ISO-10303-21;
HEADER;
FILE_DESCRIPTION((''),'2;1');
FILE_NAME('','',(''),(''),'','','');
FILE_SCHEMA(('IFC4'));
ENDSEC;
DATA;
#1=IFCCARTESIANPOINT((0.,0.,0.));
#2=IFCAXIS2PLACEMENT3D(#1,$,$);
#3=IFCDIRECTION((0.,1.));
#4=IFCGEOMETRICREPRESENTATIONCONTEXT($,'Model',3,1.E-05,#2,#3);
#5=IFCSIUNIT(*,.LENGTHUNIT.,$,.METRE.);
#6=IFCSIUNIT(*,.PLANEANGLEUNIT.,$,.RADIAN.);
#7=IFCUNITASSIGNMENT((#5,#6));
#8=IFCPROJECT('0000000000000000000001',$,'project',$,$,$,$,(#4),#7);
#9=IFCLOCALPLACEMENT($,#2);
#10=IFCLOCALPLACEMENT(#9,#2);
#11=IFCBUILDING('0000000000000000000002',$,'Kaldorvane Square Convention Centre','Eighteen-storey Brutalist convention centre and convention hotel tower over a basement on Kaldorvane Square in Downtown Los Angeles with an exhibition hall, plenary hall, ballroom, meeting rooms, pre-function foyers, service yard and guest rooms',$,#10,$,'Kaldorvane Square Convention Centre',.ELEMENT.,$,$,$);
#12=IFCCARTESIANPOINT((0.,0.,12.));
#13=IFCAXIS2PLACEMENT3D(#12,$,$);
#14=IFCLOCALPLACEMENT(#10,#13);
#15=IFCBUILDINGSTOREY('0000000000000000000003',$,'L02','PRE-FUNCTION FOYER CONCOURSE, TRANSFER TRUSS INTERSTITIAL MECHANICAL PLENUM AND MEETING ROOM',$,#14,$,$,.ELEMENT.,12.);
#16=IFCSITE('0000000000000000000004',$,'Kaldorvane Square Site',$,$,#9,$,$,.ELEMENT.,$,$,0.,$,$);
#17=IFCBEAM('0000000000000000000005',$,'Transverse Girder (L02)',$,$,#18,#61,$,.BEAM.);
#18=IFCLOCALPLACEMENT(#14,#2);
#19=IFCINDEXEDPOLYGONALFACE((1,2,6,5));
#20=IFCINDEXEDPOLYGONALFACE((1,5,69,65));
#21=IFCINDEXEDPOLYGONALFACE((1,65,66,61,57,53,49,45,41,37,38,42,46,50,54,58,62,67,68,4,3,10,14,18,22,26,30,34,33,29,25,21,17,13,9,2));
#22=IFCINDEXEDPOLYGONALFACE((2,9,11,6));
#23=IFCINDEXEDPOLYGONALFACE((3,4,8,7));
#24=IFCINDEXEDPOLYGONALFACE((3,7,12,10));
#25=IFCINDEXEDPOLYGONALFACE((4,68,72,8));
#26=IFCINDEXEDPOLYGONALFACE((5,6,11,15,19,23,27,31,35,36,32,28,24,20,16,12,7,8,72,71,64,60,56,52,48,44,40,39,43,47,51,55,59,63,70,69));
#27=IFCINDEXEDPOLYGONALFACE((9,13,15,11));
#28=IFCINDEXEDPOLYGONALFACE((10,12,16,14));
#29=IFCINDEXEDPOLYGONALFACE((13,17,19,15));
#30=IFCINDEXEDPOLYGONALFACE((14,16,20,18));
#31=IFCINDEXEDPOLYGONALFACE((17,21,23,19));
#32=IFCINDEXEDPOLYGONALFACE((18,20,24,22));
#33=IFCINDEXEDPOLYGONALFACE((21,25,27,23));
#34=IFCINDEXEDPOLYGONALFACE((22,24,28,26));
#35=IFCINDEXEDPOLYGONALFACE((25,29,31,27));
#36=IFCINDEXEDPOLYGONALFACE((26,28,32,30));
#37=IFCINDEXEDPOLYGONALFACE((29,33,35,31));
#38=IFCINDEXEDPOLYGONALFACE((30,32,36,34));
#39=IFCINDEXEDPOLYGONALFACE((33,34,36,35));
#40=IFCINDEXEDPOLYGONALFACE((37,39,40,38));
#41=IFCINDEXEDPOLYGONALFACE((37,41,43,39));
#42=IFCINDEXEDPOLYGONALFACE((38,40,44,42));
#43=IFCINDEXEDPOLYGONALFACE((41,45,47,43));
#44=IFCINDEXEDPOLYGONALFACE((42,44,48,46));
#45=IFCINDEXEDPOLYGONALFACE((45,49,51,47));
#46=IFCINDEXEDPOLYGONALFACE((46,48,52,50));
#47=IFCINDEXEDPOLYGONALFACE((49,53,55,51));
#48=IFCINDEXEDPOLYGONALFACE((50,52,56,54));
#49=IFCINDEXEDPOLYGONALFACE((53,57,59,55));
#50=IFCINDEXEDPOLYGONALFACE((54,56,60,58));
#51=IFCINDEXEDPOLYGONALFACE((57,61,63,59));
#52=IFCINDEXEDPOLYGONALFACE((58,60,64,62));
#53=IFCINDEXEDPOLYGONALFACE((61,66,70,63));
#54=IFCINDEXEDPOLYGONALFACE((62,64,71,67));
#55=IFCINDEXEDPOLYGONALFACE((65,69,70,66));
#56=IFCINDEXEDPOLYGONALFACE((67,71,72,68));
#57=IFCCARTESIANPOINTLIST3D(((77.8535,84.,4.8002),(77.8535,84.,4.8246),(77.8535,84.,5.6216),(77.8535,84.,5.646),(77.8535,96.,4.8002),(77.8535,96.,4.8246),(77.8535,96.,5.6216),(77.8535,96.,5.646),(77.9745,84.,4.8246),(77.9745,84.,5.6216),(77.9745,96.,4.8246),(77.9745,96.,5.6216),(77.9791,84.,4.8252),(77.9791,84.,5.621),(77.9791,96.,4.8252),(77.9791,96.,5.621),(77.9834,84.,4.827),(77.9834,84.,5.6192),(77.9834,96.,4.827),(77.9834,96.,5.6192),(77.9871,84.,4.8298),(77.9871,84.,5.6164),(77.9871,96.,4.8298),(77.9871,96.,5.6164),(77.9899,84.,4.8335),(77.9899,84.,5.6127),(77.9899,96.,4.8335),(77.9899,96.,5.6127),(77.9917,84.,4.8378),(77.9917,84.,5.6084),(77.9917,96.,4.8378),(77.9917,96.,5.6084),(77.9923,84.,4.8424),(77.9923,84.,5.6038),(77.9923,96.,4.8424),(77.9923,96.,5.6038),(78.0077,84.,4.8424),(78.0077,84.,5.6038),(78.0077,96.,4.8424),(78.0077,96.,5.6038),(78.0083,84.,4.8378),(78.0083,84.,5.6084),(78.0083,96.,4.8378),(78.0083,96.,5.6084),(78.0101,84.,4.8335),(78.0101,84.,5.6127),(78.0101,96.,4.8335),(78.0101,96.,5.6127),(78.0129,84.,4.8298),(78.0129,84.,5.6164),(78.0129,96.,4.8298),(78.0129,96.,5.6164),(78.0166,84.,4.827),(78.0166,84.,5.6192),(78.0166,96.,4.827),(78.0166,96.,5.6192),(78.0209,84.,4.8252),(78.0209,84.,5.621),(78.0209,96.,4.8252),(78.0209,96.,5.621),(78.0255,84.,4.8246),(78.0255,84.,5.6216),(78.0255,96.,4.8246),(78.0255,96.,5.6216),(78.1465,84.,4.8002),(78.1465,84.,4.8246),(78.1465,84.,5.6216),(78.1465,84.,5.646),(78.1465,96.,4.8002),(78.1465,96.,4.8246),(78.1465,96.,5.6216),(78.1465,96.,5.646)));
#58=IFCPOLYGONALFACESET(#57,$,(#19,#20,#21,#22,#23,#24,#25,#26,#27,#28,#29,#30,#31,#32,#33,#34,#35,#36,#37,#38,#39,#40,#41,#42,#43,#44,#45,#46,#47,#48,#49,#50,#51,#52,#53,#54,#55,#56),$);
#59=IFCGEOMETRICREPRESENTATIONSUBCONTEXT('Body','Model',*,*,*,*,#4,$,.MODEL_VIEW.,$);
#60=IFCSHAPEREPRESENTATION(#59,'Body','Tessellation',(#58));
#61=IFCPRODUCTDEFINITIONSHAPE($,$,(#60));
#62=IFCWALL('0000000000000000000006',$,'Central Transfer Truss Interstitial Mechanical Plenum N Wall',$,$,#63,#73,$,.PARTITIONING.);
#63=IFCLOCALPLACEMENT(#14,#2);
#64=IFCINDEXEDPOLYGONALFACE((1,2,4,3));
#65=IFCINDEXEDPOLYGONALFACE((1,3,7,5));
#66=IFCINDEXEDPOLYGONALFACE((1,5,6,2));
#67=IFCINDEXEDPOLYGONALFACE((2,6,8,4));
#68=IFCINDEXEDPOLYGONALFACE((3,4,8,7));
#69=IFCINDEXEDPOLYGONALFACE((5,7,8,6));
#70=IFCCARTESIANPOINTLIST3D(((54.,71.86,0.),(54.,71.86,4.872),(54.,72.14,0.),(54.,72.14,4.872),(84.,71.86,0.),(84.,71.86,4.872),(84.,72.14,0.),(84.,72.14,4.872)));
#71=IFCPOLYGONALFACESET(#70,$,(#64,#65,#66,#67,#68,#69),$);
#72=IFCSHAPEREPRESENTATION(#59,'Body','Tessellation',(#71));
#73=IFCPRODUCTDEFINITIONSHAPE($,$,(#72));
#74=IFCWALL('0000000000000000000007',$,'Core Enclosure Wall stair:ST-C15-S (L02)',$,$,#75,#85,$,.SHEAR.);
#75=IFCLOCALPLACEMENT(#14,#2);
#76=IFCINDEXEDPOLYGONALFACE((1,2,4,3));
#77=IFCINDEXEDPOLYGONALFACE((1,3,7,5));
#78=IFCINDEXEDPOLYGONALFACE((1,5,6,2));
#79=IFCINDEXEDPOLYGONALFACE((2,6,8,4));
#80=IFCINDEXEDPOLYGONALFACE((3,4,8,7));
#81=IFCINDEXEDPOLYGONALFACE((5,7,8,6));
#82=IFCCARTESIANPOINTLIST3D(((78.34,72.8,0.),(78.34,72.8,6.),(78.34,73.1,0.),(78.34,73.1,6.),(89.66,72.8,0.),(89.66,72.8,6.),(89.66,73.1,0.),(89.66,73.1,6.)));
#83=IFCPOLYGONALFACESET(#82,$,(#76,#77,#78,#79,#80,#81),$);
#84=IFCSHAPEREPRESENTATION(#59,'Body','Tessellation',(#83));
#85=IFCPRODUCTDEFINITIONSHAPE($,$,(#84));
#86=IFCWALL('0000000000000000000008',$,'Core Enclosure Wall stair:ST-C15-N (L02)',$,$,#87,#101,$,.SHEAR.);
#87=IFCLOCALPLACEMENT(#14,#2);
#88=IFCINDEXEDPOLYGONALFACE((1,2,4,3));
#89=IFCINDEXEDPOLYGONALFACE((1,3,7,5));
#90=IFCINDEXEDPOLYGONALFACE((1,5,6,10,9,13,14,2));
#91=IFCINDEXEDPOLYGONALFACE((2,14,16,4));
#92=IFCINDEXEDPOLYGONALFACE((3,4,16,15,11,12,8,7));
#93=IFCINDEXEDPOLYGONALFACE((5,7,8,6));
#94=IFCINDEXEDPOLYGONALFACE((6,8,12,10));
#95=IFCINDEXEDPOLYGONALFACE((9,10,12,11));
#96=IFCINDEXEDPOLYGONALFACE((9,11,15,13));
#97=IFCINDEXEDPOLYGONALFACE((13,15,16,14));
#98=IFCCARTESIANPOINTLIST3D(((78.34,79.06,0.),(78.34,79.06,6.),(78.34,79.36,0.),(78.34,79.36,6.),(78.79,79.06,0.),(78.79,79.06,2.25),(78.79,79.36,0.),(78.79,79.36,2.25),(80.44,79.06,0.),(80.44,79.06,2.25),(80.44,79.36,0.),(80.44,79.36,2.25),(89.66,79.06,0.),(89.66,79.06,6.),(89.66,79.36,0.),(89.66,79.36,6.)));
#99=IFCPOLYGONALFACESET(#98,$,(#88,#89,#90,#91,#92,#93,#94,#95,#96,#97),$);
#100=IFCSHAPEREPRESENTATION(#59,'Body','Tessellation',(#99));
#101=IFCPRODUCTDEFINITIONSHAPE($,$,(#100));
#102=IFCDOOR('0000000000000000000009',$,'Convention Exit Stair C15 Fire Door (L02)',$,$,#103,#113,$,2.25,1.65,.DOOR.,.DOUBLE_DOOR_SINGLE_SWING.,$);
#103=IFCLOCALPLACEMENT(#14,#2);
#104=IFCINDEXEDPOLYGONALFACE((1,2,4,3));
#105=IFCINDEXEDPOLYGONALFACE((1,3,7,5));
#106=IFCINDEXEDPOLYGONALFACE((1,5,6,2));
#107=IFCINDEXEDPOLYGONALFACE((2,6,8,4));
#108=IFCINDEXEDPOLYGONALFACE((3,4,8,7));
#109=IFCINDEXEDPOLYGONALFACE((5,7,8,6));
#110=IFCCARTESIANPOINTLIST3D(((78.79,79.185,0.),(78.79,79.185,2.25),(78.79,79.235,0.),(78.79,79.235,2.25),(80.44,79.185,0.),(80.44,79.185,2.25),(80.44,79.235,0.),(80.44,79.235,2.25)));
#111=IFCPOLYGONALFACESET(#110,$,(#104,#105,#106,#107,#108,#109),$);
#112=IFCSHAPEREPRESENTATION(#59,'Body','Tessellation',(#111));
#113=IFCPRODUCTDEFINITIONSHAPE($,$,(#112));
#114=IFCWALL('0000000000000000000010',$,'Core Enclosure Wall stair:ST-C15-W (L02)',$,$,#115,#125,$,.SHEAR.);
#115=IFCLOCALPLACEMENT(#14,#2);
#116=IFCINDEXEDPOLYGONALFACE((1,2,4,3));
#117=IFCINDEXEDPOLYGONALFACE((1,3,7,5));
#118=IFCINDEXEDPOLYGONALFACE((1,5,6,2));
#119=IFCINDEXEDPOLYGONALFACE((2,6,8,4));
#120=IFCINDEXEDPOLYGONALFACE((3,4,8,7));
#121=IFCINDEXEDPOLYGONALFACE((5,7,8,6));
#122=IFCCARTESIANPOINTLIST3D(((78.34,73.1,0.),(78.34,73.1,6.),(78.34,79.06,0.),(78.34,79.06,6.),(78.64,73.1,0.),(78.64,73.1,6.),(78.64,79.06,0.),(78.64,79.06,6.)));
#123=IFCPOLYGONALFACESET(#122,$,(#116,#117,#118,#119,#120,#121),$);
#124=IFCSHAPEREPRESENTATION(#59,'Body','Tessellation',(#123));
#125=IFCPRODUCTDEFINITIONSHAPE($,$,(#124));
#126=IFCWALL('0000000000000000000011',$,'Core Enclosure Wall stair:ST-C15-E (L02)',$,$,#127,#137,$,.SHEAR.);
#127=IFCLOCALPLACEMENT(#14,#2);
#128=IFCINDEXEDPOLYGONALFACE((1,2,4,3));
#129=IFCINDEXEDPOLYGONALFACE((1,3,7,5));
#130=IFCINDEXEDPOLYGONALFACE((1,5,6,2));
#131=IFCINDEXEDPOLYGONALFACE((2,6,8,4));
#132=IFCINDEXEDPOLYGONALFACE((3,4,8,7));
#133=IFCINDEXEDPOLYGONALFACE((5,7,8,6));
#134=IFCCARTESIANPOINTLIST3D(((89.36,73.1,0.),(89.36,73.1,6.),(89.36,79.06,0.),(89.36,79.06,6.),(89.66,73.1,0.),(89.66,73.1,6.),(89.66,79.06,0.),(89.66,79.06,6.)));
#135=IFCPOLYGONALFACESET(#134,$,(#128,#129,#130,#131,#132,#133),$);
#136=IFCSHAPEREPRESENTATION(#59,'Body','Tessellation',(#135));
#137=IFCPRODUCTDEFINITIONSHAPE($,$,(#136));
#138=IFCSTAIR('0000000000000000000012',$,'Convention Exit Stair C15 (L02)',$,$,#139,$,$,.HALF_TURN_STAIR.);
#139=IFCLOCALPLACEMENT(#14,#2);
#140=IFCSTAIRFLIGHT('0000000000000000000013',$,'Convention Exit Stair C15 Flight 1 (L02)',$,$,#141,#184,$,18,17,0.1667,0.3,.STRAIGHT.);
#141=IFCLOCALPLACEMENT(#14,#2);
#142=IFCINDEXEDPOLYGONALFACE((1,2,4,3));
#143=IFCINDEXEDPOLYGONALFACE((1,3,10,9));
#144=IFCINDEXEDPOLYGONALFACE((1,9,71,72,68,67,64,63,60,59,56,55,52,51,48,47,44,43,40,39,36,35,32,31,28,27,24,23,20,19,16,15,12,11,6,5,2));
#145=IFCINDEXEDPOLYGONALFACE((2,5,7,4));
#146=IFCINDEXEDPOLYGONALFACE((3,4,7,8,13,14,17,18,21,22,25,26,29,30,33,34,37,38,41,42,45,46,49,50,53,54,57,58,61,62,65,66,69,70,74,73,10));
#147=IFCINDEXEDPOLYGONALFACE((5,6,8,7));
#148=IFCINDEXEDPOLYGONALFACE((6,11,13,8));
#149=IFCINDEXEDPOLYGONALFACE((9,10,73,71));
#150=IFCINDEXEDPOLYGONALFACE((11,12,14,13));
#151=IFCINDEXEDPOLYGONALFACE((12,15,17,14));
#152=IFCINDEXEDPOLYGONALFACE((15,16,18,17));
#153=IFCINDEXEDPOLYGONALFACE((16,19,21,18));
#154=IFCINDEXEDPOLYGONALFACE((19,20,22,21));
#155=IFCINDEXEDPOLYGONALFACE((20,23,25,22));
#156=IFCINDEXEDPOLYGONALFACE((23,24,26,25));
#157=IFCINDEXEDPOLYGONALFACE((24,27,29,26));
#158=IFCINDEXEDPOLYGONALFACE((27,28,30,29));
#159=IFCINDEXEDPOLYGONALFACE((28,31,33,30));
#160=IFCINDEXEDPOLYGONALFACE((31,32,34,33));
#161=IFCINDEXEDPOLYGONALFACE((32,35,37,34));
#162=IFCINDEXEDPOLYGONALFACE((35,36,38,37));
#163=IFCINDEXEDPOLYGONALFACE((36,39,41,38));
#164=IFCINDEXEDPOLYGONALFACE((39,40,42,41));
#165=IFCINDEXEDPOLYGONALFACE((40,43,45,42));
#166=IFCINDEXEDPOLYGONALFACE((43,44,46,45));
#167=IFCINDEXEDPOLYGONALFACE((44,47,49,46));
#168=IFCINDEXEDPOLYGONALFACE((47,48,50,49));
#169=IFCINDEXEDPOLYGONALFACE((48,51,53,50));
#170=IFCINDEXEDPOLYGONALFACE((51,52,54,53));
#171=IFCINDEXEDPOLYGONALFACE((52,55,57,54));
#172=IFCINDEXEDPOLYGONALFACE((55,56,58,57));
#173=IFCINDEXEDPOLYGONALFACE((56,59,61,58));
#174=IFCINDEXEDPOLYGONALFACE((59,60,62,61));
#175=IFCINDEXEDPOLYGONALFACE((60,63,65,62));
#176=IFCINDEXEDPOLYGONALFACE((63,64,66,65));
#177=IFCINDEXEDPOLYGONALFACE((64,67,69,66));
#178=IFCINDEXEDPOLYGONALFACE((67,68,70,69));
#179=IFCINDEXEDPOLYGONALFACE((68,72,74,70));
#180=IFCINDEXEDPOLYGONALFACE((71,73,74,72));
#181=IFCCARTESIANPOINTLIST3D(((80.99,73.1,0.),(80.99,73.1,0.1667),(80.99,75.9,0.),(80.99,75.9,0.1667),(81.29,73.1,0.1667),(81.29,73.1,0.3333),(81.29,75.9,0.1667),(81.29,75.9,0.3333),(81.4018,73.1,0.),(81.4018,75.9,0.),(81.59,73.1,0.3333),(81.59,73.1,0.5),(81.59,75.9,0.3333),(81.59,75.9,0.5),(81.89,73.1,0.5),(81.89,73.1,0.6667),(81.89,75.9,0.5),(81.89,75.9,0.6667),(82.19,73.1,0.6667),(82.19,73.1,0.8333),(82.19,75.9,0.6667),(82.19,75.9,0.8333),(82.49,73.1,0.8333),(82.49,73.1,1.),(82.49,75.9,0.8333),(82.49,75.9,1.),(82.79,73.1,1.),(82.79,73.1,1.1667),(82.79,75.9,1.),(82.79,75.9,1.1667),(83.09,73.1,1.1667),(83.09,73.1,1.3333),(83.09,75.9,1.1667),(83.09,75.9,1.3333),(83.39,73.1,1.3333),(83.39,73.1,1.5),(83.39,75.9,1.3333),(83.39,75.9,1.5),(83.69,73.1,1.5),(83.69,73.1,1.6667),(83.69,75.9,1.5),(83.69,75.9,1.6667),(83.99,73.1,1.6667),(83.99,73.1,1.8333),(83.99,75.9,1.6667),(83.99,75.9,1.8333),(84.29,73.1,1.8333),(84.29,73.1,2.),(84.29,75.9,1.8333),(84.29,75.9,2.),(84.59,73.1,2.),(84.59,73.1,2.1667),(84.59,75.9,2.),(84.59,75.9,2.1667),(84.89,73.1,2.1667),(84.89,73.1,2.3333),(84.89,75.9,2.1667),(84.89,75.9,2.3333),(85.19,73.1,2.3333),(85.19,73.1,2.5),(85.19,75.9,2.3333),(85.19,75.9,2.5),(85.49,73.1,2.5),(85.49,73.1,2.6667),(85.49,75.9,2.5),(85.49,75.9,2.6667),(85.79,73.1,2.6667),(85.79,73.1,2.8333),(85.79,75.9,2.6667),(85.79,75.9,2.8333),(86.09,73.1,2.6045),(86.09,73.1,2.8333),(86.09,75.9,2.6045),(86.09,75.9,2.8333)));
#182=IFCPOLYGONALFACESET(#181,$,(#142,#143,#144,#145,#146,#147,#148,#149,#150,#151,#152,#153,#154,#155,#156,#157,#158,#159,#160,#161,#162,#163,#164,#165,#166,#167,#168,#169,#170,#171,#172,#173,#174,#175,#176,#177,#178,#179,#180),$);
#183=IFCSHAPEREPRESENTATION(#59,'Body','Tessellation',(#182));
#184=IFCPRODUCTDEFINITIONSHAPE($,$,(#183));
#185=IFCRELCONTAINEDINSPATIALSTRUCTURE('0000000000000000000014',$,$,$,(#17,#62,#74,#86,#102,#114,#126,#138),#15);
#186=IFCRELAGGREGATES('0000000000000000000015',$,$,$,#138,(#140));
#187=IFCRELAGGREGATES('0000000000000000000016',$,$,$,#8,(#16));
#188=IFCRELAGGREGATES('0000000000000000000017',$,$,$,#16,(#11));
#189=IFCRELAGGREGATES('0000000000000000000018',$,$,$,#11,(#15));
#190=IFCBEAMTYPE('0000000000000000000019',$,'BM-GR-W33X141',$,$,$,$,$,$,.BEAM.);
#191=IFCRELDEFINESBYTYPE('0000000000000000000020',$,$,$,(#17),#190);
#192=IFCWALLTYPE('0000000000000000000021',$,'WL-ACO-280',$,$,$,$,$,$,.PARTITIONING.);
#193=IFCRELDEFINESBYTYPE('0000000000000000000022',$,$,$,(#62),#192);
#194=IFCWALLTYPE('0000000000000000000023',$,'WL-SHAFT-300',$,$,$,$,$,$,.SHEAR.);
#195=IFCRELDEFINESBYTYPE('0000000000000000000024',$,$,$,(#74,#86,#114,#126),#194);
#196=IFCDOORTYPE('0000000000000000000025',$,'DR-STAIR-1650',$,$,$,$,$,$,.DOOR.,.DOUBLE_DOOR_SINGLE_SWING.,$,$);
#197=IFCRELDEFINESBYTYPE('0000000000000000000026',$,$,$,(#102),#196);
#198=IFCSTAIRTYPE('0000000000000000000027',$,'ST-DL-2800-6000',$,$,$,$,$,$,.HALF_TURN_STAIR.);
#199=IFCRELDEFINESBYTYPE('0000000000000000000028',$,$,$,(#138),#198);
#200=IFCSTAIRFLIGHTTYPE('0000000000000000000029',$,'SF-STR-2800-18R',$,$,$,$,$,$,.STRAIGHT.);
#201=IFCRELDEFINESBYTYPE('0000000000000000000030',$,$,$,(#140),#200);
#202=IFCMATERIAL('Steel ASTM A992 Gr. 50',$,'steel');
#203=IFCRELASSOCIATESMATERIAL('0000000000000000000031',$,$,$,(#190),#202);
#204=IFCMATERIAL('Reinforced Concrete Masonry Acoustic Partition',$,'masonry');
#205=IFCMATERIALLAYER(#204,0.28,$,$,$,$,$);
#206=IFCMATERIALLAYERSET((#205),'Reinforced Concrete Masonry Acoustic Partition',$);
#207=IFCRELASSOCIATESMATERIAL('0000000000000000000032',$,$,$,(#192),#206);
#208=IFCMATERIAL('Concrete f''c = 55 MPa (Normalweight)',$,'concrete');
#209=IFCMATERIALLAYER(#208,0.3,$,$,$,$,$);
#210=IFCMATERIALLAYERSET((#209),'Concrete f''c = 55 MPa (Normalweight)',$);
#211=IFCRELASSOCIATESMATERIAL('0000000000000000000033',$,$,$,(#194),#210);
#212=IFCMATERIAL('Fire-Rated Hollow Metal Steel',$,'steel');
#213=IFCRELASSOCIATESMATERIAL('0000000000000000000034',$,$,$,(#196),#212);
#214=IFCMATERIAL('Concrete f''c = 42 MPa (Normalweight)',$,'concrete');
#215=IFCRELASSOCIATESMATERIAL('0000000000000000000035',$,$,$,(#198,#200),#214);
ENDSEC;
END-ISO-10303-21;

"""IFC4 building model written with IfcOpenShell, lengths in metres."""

from ifc_helpers import new_model, si_unit, direction, frame, frame_2d, origin, origin_2d, place, context, subcontext, project, spatial, polyline, rectangle, i_section, outline, extrude, material, layer, layer_set, material_profile, profile_set, type_object, element, fill, aggregate, save


model = new_model("IFC4")

# Units and contexts
model_context = context("Model", 3, precision=1e-05, world=origin(), true_north=direction((0.0, 1.0)))
body_context = subcontext(model_context, "Body", "Model", "MODEL_VIEW")
ifc_project = project(units=[si_unit("LENGTHUNIT", "METRE"), si_unit("PLANEANGLEUNIT", "RADIAN")], contexts=[model_context])

# Site, building, storey
site_placement = place(None, origin())
site = spatial("IfcSite", under=ifc_project, at=site_placement, Name="Kaldorvane Square Site", CompositionType="ELEMENT", RefElevation=0.0)
building_placement = place(site_placement, origin())
building = spatial("IfcBuilding", under=site, at=building_placement, Name="Kaldorvane Square Convention Centre", Description="Eighteen-storey Brutalist convention centre and convention hotel tower over a basement on Kaldorvane Square in Downtown Los Angeles with an exhibition hall, plenary hall, ballroom, meeting rooms, pre-function foyers, service yard and guest rooms", LongName="Kaldorvane Square Convention Centre", CompositionType="ELEMENT")
storey_placement = place(building_placement, frame((0.0, 0.0, 12.0)))
storey = spatial("IfcBuildingStorey", under=building, at=storey_placement, Name="L02", Description="PRE-FUNCTION FOYER CONCOURSE, TRANSFER TRUSS INTERSTITIAL MECHANICAL PLENUM AND MEETING ROOM", CompositionType="ELEMENT", Elevation=12.0)

# Shared definitions
ifc_material_1 = material(Name="Concrete f'c = 55 MPa (Normalweight)", Category="concrete")
ifc_material_2 = material(Name="Steel ASTM A992 Gr. 50", Category="steel")

# Beam
ifc_material_profile_1 = material_profile(ifc_material_2, i_section(OverallWidth=0.293, OverallDepth=0.8458, WebThickness=0.0154, FlangeThickness=0.0244, FilletRadius=0.0178, at=origin_2d()), Name="W33X141")
ifc_profile_set_1 = profile_set([ifc_material_profile_1], Name="Steel ASTM A992 Gr. 50")
beam_type_1 = type_object("IfcBeamType", Name="BM-GR-W33X141", PredefinedType="BEAM", material=ifc_profile_set_1)
beam_1_placement = place(storey_placement, frame((78.0, 84.0, 5.2231), z_axis=(0.0, 1.0, 0.0), x_axis=(-1.0, 0.0, 0.0)))
element("IfcBeam", 1, at=beam_1_placement, inside=storey, type_object=beam_type_1, Name="Transverse Girder (L02)", PredefinedType="BEAM", context=body_context, shape_type="SweptSolid", body=[
    extrude(i_section(OverallWidth=0.293, OverallDepth=0.8458, WebThickness=0.0154, FlangeThickness=0.0244, FilletRadius=0.0178, at=origin_2d()), origin(), (0.0, 0.0, 1.0), 12.0),
])

# Walls
ifc_material_3 = material(Name="Reinforced Concrete Masonry Acoustic Partition", Category="masonry")
ifc_layer_1 = layer(ifc_material_3, 0.28)
ifc_layer_set_1 = layer_set([ifc_layer_1], Name="Reinforced Concrete Masonry Acoustic Partition")
wall_type_1 = type_object("IfcWallType", Name="WL-ACO-280", PredefinedType="PARTITIONING", material=ifc_layer_set_1)
wall_1_placement = place(storey_placement, frame((84.0, 72.0, 0.0), z_axis=(0.0, 0.0, 1.0), x_axis=(-1.0, 0.0, 0.0)))
element("IfcWall", 2, at=wall_1_placement, inside=storey, type_object=wall_type_1, Name="Central Transfer Truss Interstitial Mechanical Plenum N Wall", PredefinedType="PARTITIONING", context=body_context, shape_type="SweptSolid", body=[
    extrude(rectangle(XDim=30.0, YDim=0.28, at=frame_2d((15.0, 0.0))), origin(), (0.0, 0.0, 1.0), 4.872),
])
ifc_layer_2 = layer(ifc_material_1, 0.3)
ifc_layer_set_2 = layer_set([ifc_layer_2], Name="Concrete f'c = 55 MPa (Normalweight)")
wall_type_2 = type_object("IfcWallType", Name="WL-SHAFT-300", PredefinedType="SHEAR", material=ifc_layer_set_2)
wall_2_placement = place(storey_placement, frame((78.34, 72.95, 0.0), z_axis=(0.0, 0.0, 1.0), x_axis=(1.0, 0.0, 0.0)))
element("IfcWall", 3, at=wall_2_placement, inside=storey, type_object=wall_type_2, Name="Core Enclosure Wall stair:ST-C15-S (L02)", PredefinedType="SHEAR", context=body_context, shape_type="SweptSolid", body=[
    extrude(rectangle(XDim=11.32, YDim=0.3, at=frame_2d((5.66, 0.0))), origin(), (0.0, 0.0, 1.0), 6.0),
])

# Wall, opening, door
wall_3_placement = place(storey_placement, frame((89.66, 79.21, 0.0), z_axis=(0.0, 0.0, 1.0), x_axis=(-1.0, 0.0, 0.0)))
wall_3 = element("IfcWall", 4, at=wall_3_placement, inside=storey, type_object=wall_type_2, Name="Core Enclosure Wall stair:ST-C15-N (L02)", PredefinedType="SHEAR", context=body_context, shape_type="SweptSolid", body=[
    extrude(rectangle(XDim=11.32, YDim=0.3, at=frame_2d((5.66, 0.0))), origin(), (0.0, 0.0, 1.0), 6.0),
])
opening_placement = place(wall_3_placement, frame((9.22, 0.0, 0.0)))
opening = element("IfcOpeningElement", 5, at=opening_placement, cuts=wall_3, PredefinedType="OPENING", context=body_context, shape_type="SweptSolid", body=[
    extrude(rectangle(XDim=1.65, YDim=2.25, at=frame_2d((0.825, 1.125))), frame((0.0, 0.165, 0.0), z_axis=(0.0, -1.0, 0.0), x_axis=(1.0, 0.0, 0.0)), (0.0, 0.0, 1.0), 0.33),
])
ifc_material_4 = material(Name="Fire-Rated Hollow Metal Steel", Category="steel")
door_type = type_object("IfcDoorType", Name="DR-STAIR-1650", OperationType="DOUBLE_DOOR_SINGLE_SWING", PredefinedType="DOOR", material=ifc_material_4)
door_placement = place(opening_placement, origin())
door = element("IfcDoor", 6, at=door_placement, inside=storey, type_object=door_type, Name="Convention Exit Stair C15 Fire Door (L02)", OperationType="DOUBLE_DOOR_SINGLE_SWING", OverallHeight=2.25, OverallWidth=1.65, PredefinedType="DOOR", context=body_context, shape_type="SweptSolid", body=[
    extrude(rectangle(XDim=1.65, YDim=2.25, at=frame_2d((0.825, 1.125))), frame((0.0, 0.025, 0.0), z_axis=(0.0, -1.0, 0.0), x_axis=(1.0, 0.0, 0.0)), (0.0, 0.0, 1.0), 0.05),
])
fill(opening, door)

# Walls
for number, where, z_axis, x_axis, name in (
    (7, (78.49, 79.06, 0.0), (0.0, 0.0, 1.0), (0.0, -1.0, 0.0), "Core Enclosure Wall stair:ST-C15-W (L02)"),
    (8, (89.51, 73.1, 0.0), (0.0, 0.0, 1.0), (0.0, 1.0, 0.0), "Core Enclosure Wall stair:ST-C15-E (L02)"),
):
    element("IfcWall", number, at=place(storey_placement, frame(where, z_axis=z_axis, x_axis=x_axis)), inside=storey, type_object=wall_type_2, Name=name, PredefinedType="SHEAR", context=body_context, shape_type="SweptSolid", body=[
        extrude(rectangle(XDim=5.96, YDim=0.3, at=frame_2d((2.98, 0.0))), origin(), (0.0, 0.0, 1.0), 6.0),
    ])

# Stair, stair flight
ifc_material_5 = material(Name="Concrete f'c = 42 MPa (Normalweight)", Category="concrete")
stair_type = type_object("IfcStairType", Name="ST-DL-2800-6000", PredefinedType="HALF_TURN_STAIR", material=ifc_material_5)
stair_placement = place(storey_placement, origin())
stair = element("IfcStair", 9, at=stair_placement, inside=storey, type_object=stair_type, Name="Convention Exit Stair C15 (L02)", PredefinedType="HALF_TURN_STAIR")
stair_flight_type = type_object("IfcStairFlightType", Name="SF-STR-2800-18R", PredefinedType="STRAIGHT", material=ifc_material_5)
stair_flight_1_placement = place(storey_placement, frame((80.99, 74.5, 0.0), z_axis=(0.0, 0.0, 1.0), x_axis=(1.0, 0.0, 0.0)))
stair_flight_1 = element("IfcStairFlight", 10, at=stair_flight_1_placement, type_object=stair_flight_type, Name="Convention Exit Stair C15 Flight 1 (L02)", NumberOfRisers=18, NumberOfTreads=17, PredefinedType="STRAIGHT", RiserHeight=0.1667, TreadLength=0.3, context=body_context, shape_type="SweptSolid", body=[
    extrude(outline(polyline([(0.0, 0.0), (0.0, 0.1667), (0.3, 0.1667), (0.3, 0.3333), (0.6, 0.3333), (0.6, 0.5), (0.9, 0.5), (0.9, 0.6667), (1.2, 0.6667), (1.2, 0.8333), (1.5, 0.8333), (1.5, 1.0), (1.8, 1.0), (1.8, 1.1667), (2.1, 1.1667), (2.1, 1.3333), (2.4, 1.3333), (2.4, 1.5), (2.7, 1.5), (2.7, 1.6667), (3.0, 1.6667), (3.0, 1.8333), (3.3, 1.8333), (3.3, 2.0), (3.6, 2.0), (3.6, 2.1667), (3.9, 2.1667), (3.9, 2.3333), (4.2, 2.3333), (4.2, 2.5), (4.5, 2.5), (4.5, 2.6667), (4.8, 2.6667), (4.8, 2.8333), (5.1, 2.8333), (5.1, 3.0), (5.1, 2.6045), (0.4118, 0.0), (0.0, 0.0)])), frame((0.0, 1.4, 0.0), z_axis=(0.0, -1.0, 0.0), x_axis=(1.0, 0.0, 0.0)), (0.0, 0.0, 1.0), 2.8),
])
aggregate(stair, [stair_flight_1])

save(model, "model.ifc")
